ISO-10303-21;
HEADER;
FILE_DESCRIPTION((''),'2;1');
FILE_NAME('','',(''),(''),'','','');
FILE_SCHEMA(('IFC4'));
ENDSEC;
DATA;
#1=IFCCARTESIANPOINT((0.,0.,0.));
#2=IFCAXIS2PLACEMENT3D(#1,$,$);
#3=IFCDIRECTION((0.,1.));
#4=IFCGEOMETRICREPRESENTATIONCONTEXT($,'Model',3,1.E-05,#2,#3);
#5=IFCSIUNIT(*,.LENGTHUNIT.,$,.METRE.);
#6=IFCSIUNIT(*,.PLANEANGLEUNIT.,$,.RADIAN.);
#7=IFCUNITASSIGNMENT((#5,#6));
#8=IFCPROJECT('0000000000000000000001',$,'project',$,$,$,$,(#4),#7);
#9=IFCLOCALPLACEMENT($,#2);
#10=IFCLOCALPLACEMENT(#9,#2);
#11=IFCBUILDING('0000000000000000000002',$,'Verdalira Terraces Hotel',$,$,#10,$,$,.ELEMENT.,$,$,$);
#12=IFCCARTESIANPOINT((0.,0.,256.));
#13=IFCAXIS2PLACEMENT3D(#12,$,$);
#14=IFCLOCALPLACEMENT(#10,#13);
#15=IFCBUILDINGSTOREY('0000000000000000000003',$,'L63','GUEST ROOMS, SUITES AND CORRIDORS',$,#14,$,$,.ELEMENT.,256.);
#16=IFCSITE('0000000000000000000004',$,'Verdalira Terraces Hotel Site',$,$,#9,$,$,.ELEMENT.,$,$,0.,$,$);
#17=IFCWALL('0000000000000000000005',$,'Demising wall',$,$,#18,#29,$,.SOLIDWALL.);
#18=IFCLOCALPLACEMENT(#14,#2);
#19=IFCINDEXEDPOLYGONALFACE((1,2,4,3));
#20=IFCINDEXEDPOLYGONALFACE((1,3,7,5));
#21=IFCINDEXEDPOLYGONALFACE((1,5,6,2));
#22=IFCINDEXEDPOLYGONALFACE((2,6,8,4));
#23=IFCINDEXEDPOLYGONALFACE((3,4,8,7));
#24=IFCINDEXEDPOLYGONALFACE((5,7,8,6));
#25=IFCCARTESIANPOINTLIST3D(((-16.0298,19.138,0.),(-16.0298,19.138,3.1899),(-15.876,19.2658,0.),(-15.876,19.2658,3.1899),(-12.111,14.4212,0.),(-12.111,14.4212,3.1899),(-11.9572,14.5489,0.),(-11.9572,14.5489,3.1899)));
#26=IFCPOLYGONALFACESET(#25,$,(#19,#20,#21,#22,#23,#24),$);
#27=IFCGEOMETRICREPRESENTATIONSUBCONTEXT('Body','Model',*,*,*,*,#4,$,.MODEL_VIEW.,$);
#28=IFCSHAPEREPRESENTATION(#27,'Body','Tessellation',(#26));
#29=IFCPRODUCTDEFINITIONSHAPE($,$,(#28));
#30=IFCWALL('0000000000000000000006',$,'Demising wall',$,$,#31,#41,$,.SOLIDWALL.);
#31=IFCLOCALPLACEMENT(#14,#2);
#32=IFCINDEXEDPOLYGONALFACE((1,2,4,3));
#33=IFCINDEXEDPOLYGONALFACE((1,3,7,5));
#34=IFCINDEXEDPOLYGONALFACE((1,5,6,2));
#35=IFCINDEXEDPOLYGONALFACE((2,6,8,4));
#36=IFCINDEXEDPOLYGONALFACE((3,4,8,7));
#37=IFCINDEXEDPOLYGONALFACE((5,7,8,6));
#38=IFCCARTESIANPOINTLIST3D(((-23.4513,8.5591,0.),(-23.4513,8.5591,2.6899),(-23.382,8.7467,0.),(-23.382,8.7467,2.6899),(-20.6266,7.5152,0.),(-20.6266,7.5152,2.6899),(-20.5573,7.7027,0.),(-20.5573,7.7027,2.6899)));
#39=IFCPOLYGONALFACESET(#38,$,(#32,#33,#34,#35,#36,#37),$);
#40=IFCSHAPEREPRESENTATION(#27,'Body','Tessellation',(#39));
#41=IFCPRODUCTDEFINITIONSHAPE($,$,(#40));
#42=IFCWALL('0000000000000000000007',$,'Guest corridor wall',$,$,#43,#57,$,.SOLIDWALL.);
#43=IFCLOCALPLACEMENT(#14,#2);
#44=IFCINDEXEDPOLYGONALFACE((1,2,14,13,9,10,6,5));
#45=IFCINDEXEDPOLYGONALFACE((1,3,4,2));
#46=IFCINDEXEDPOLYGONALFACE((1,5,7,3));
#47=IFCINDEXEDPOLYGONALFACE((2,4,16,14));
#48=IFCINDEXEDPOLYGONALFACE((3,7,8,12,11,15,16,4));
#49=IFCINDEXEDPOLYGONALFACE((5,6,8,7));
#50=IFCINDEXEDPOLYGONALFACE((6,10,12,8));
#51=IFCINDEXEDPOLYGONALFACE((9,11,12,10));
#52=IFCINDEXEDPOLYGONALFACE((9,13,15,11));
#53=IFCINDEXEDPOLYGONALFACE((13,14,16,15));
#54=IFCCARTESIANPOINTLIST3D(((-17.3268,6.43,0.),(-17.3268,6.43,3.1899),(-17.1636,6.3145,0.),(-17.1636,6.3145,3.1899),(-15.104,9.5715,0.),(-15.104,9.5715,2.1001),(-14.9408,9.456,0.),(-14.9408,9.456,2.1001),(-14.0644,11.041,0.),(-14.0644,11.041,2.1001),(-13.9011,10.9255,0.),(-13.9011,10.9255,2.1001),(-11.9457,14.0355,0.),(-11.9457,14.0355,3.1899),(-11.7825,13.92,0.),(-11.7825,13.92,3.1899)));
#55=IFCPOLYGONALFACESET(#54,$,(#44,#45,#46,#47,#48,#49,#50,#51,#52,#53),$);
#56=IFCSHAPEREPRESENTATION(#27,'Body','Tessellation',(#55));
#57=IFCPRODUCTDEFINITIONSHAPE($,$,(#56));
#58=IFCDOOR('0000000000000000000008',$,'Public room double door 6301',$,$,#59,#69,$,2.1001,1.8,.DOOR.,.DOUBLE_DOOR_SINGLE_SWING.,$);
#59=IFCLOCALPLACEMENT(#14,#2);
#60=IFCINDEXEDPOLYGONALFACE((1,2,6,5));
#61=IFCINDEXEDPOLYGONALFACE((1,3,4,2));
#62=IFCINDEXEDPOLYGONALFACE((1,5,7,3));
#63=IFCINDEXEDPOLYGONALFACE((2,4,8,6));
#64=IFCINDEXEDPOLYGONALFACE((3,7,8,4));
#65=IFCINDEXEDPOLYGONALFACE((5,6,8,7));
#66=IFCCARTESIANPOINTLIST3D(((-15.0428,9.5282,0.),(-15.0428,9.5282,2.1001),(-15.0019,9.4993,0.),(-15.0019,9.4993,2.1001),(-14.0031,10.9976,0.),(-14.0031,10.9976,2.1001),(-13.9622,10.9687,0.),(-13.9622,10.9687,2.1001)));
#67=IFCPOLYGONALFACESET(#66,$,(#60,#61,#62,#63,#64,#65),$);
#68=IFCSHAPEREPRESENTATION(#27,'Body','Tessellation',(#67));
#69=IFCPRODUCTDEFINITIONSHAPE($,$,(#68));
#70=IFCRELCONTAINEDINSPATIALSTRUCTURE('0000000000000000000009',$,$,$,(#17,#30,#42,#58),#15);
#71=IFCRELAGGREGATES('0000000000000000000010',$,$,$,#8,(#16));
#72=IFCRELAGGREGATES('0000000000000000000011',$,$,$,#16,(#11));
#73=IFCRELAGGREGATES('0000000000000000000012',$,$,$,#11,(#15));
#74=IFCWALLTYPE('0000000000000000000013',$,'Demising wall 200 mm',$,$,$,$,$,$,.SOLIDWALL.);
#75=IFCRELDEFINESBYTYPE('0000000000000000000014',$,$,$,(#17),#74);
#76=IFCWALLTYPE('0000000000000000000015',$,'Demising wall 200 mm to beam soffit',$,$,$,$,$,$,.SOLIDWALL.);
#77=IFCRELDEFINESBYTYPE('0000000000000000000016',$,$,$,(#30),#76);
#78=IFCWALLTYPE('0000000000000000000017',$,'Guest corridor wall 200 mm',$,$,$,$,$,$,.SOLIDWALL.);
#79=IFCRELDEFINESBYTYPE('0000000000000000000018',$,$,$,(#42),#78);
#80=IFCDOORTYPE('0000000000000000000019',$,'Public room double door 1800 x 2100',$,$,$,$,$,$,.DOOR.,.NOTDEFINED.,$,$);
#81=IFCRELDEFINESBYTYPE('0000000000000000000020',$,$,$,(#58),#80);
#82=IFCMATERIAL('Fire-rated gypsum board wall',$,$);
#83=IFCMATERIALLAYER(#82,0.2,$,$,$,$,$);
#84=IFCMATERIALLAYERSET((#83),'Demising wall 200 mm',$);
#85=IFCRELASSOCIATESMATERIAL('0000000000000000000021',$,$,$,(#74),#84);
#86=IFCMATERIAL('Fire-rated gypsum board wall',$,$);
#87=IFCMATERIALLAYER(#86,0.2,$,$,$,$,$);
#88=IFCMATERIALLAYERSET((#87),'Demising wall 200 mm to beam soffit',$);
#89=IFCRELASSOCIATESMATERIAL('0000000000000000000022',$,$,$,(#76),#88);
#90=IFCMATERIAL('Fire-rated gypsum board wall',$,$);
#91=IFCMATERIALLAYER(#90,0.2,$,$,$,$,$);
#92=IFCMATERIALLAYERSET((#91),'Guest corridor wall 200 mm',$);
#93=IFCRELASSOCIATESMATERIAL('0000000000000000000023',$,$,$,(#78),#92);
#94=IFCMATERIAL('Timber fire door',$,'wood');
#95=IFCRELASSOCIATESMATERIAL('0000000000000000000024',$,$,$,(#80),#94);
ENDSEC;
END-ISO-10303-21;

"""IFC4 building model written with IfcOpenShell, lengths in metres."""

from ifc_helpers import new_model, si_unit, direction, frame, frame_2d, origin, place, context, subcontext, project, spatial, rectangle, extrude, material, layer, layer_set, type_object, element, fill, save


model = new_model("IFC4")

# Units and contexts
model_context = context("Model", 3, precision=1e-05, world=origin(), true_north=direction((0.0, 1.0)))
body_context = subcontext(model_context, "Body", "Model", "MODEL_VIEW")
ifc_project = project(units=[si_unit("LENGTHUNIT", "METRE"), si_unit("PLANEANGLEUNIT", "RADIAN")], contexts=[model_context])

# Site, building, storey
site_placement = place(None, origin())
site = spatial("IfcSite", under=ifc_project, at=site_placement, Name="Verdalira Terraces Hotel Site", CompositionType="ELEMENT", RefElevation=0.0)
building_placement = place(site_placement, origin())
building = spatial("IfcBuilding", under=site, at=building_placement, Name="Verdalira Terraces Hotel", CompositionType="ELEMENT")
storey_placement = place(building_placement, frame((0.0, 0.0, 256.0)))
storey = spatial("IfcBuildingStorey", under=building, at=storey_placement, Name="L63", Description="GUEST ROOMS, SUITES AND CORRIDORS", CompositionType="ELEMENT", Elevation=256.0)

# Shared definitions
ifc_material_1 = material(Name="Fire-rated gypsum board wall")
ifc_layer_1 = layer(ifc_material_1, 0.2)
ifc_layer_set_1 = layer_set([ifc_layer_1], Name="Demising wall 200 mm")
wall_type_1 = type_object("IfcWallType", Name="Demising wall 200 mm", PredefinedType="SOLIDWALL", material=ifc_layer_set_1)

# Walls
wall_1_placement = place(storey_placement, frame((-15.9529, 19.2019, 0.0), z_axis=(0.0, 0.0, 1.0), x_axis=(0.639032, -0.76918, 0.0)))
element("IfcWall", 1, at=wall_1_placement, inside=storey, type_object=wall_type_1, Name="Demising wall", PredefinedType="SOLIDWALL", context=body_context, shape_type="SweptSolid", body=[
    extrude(rectangle(XDim=6.1323, YDim=0.2, at=frame_2d((3.0662, 0.0))), origin(), (0.0, 0.0, 1.0), 3.1899),
])
ifc_material_2 = material(Name="Fire-rated gypsum board wall")
ifc_layer_2 = layer(ifc_material_2, 0.2)
ifc_layer_set_2 = layer_set([ifc_layer_2], Name="Demising wall 200 mm to beam soffit")
wall_type_2 = type_object("IfcWallType", Name="Demising wall 200 mm to beam soffit", PredefinedType="SOLIDWALL", material=ifc_layer_set_2)
wall_2_placement = place(storey_placement, frame((-20.5918, 7.6089, 0.0), z_axis=(0.0, 0.0, 1.0), x_axis=(-0.937991, 0.346659, 0.0)))
element("IfcWall", 2, at=wall_2_placement, inside=storey, type_object=wall_type_2, Name="Demising wall", PredefinedType="SOLIDWALL", context=body_context, shape_type="SweptSolid", body=[
    extrude(rectangle(XDim=3.0115, YDim=0.2, at=frame_2d((1.5059, 0.0))), origin(), (0.0, 0.0, 1.0), 2.6899),
])

# Wall, opening, door
ifc_material_3 = material(Name="Fire-rated gypsum board wall")
ifc_layer_3 = layer(ifc_material_3, 0.2)
ifc_layer_set_3 = layer_set([ifc_layer_3], Name="Guest corridor wall 200 mm")
wall_type_3 = type_object("IfcWallType", Name="Guest corridor wall 200 mm", PredefinedType="SOLIDWALL", material=ifc_layer_set_3)
wall_3_placement = place(storey_placement, frame((-17.2451, 6.3723, 0.0), z_axis=(0.0, 0.0, 1.0), x_axis=(0.577581, 0.816333, 0.0)))
wall_3 = element("IfcWall", 3, at=wall_3_placement, inside=storey, type_object=wall_type_3, Name="Guest corridor wall", PredefinedType="SOLIDWALL", context=body_context, shape_type="SweptSolid", body=[
    extrude(rectangle(XDim=9.3166, YDim=0.2, at=frame_2d((4.6582, 0.0))), origin(), (0.0, 0.0, 1.0), 3.1899),
])
opening_1_placement = place(wall_3_placement, frame((3.8484, 0.0, 0.0)))
opening_1 = element("IfcOpeningElement", 4, at=opening_1_placement, cuts=wall_3, PredefinedType="OPENING", context=body_context, shape_type="SweptSolid", body=[
    extrude(rectangle(XDim=1.8, YDim=2.1001, at=frame_2d((0.8999, 1.05))), frame((0.0, 0.1099, 0.0), z_axis=(0.0, -1.0, 0.0), x_axis=(1.0, 0.0, 0.0)), (0.0, 0.0, 1.0), 0.22),
])
ifc_material_4 = material(Name="Timber fire door", Category="wood")
door_type_1 = type_object("IfcDoorType", Name="Public room double door 1800 x 2100", OperationType="NOTDEFINED", PredefinedType="DOOR", material=ifc_material_4)
door_1_placement = place(opening_1_placement, origin())
door_1 = element("IfcDoor", 5, at=door_1_placement, inside=storey, type_object=door_type_1, Name="Public room double door 6301", OperationType="DOUBLE_DOOR_SINGLE_SWING", OverallHeight=2.1001, OverallWidth=1.8, PredefinedType="DOOR", context=body_context, shape_type="SweptSolid", body=[
    extrude(rectangle(XDim=1.8, YDim=2.1001, at=frame_2d((0.8999, 1.05))), frame((0.0, 0.0249, 0.0), z_axis=(0.0, -1.0, 0.0), x_axis=(1.0, 0.0, 0.0)), (0.0, 0.0, 1.0), 0.05),
])
fill(opening_1, door_1)

save(model, "model.ifc")
